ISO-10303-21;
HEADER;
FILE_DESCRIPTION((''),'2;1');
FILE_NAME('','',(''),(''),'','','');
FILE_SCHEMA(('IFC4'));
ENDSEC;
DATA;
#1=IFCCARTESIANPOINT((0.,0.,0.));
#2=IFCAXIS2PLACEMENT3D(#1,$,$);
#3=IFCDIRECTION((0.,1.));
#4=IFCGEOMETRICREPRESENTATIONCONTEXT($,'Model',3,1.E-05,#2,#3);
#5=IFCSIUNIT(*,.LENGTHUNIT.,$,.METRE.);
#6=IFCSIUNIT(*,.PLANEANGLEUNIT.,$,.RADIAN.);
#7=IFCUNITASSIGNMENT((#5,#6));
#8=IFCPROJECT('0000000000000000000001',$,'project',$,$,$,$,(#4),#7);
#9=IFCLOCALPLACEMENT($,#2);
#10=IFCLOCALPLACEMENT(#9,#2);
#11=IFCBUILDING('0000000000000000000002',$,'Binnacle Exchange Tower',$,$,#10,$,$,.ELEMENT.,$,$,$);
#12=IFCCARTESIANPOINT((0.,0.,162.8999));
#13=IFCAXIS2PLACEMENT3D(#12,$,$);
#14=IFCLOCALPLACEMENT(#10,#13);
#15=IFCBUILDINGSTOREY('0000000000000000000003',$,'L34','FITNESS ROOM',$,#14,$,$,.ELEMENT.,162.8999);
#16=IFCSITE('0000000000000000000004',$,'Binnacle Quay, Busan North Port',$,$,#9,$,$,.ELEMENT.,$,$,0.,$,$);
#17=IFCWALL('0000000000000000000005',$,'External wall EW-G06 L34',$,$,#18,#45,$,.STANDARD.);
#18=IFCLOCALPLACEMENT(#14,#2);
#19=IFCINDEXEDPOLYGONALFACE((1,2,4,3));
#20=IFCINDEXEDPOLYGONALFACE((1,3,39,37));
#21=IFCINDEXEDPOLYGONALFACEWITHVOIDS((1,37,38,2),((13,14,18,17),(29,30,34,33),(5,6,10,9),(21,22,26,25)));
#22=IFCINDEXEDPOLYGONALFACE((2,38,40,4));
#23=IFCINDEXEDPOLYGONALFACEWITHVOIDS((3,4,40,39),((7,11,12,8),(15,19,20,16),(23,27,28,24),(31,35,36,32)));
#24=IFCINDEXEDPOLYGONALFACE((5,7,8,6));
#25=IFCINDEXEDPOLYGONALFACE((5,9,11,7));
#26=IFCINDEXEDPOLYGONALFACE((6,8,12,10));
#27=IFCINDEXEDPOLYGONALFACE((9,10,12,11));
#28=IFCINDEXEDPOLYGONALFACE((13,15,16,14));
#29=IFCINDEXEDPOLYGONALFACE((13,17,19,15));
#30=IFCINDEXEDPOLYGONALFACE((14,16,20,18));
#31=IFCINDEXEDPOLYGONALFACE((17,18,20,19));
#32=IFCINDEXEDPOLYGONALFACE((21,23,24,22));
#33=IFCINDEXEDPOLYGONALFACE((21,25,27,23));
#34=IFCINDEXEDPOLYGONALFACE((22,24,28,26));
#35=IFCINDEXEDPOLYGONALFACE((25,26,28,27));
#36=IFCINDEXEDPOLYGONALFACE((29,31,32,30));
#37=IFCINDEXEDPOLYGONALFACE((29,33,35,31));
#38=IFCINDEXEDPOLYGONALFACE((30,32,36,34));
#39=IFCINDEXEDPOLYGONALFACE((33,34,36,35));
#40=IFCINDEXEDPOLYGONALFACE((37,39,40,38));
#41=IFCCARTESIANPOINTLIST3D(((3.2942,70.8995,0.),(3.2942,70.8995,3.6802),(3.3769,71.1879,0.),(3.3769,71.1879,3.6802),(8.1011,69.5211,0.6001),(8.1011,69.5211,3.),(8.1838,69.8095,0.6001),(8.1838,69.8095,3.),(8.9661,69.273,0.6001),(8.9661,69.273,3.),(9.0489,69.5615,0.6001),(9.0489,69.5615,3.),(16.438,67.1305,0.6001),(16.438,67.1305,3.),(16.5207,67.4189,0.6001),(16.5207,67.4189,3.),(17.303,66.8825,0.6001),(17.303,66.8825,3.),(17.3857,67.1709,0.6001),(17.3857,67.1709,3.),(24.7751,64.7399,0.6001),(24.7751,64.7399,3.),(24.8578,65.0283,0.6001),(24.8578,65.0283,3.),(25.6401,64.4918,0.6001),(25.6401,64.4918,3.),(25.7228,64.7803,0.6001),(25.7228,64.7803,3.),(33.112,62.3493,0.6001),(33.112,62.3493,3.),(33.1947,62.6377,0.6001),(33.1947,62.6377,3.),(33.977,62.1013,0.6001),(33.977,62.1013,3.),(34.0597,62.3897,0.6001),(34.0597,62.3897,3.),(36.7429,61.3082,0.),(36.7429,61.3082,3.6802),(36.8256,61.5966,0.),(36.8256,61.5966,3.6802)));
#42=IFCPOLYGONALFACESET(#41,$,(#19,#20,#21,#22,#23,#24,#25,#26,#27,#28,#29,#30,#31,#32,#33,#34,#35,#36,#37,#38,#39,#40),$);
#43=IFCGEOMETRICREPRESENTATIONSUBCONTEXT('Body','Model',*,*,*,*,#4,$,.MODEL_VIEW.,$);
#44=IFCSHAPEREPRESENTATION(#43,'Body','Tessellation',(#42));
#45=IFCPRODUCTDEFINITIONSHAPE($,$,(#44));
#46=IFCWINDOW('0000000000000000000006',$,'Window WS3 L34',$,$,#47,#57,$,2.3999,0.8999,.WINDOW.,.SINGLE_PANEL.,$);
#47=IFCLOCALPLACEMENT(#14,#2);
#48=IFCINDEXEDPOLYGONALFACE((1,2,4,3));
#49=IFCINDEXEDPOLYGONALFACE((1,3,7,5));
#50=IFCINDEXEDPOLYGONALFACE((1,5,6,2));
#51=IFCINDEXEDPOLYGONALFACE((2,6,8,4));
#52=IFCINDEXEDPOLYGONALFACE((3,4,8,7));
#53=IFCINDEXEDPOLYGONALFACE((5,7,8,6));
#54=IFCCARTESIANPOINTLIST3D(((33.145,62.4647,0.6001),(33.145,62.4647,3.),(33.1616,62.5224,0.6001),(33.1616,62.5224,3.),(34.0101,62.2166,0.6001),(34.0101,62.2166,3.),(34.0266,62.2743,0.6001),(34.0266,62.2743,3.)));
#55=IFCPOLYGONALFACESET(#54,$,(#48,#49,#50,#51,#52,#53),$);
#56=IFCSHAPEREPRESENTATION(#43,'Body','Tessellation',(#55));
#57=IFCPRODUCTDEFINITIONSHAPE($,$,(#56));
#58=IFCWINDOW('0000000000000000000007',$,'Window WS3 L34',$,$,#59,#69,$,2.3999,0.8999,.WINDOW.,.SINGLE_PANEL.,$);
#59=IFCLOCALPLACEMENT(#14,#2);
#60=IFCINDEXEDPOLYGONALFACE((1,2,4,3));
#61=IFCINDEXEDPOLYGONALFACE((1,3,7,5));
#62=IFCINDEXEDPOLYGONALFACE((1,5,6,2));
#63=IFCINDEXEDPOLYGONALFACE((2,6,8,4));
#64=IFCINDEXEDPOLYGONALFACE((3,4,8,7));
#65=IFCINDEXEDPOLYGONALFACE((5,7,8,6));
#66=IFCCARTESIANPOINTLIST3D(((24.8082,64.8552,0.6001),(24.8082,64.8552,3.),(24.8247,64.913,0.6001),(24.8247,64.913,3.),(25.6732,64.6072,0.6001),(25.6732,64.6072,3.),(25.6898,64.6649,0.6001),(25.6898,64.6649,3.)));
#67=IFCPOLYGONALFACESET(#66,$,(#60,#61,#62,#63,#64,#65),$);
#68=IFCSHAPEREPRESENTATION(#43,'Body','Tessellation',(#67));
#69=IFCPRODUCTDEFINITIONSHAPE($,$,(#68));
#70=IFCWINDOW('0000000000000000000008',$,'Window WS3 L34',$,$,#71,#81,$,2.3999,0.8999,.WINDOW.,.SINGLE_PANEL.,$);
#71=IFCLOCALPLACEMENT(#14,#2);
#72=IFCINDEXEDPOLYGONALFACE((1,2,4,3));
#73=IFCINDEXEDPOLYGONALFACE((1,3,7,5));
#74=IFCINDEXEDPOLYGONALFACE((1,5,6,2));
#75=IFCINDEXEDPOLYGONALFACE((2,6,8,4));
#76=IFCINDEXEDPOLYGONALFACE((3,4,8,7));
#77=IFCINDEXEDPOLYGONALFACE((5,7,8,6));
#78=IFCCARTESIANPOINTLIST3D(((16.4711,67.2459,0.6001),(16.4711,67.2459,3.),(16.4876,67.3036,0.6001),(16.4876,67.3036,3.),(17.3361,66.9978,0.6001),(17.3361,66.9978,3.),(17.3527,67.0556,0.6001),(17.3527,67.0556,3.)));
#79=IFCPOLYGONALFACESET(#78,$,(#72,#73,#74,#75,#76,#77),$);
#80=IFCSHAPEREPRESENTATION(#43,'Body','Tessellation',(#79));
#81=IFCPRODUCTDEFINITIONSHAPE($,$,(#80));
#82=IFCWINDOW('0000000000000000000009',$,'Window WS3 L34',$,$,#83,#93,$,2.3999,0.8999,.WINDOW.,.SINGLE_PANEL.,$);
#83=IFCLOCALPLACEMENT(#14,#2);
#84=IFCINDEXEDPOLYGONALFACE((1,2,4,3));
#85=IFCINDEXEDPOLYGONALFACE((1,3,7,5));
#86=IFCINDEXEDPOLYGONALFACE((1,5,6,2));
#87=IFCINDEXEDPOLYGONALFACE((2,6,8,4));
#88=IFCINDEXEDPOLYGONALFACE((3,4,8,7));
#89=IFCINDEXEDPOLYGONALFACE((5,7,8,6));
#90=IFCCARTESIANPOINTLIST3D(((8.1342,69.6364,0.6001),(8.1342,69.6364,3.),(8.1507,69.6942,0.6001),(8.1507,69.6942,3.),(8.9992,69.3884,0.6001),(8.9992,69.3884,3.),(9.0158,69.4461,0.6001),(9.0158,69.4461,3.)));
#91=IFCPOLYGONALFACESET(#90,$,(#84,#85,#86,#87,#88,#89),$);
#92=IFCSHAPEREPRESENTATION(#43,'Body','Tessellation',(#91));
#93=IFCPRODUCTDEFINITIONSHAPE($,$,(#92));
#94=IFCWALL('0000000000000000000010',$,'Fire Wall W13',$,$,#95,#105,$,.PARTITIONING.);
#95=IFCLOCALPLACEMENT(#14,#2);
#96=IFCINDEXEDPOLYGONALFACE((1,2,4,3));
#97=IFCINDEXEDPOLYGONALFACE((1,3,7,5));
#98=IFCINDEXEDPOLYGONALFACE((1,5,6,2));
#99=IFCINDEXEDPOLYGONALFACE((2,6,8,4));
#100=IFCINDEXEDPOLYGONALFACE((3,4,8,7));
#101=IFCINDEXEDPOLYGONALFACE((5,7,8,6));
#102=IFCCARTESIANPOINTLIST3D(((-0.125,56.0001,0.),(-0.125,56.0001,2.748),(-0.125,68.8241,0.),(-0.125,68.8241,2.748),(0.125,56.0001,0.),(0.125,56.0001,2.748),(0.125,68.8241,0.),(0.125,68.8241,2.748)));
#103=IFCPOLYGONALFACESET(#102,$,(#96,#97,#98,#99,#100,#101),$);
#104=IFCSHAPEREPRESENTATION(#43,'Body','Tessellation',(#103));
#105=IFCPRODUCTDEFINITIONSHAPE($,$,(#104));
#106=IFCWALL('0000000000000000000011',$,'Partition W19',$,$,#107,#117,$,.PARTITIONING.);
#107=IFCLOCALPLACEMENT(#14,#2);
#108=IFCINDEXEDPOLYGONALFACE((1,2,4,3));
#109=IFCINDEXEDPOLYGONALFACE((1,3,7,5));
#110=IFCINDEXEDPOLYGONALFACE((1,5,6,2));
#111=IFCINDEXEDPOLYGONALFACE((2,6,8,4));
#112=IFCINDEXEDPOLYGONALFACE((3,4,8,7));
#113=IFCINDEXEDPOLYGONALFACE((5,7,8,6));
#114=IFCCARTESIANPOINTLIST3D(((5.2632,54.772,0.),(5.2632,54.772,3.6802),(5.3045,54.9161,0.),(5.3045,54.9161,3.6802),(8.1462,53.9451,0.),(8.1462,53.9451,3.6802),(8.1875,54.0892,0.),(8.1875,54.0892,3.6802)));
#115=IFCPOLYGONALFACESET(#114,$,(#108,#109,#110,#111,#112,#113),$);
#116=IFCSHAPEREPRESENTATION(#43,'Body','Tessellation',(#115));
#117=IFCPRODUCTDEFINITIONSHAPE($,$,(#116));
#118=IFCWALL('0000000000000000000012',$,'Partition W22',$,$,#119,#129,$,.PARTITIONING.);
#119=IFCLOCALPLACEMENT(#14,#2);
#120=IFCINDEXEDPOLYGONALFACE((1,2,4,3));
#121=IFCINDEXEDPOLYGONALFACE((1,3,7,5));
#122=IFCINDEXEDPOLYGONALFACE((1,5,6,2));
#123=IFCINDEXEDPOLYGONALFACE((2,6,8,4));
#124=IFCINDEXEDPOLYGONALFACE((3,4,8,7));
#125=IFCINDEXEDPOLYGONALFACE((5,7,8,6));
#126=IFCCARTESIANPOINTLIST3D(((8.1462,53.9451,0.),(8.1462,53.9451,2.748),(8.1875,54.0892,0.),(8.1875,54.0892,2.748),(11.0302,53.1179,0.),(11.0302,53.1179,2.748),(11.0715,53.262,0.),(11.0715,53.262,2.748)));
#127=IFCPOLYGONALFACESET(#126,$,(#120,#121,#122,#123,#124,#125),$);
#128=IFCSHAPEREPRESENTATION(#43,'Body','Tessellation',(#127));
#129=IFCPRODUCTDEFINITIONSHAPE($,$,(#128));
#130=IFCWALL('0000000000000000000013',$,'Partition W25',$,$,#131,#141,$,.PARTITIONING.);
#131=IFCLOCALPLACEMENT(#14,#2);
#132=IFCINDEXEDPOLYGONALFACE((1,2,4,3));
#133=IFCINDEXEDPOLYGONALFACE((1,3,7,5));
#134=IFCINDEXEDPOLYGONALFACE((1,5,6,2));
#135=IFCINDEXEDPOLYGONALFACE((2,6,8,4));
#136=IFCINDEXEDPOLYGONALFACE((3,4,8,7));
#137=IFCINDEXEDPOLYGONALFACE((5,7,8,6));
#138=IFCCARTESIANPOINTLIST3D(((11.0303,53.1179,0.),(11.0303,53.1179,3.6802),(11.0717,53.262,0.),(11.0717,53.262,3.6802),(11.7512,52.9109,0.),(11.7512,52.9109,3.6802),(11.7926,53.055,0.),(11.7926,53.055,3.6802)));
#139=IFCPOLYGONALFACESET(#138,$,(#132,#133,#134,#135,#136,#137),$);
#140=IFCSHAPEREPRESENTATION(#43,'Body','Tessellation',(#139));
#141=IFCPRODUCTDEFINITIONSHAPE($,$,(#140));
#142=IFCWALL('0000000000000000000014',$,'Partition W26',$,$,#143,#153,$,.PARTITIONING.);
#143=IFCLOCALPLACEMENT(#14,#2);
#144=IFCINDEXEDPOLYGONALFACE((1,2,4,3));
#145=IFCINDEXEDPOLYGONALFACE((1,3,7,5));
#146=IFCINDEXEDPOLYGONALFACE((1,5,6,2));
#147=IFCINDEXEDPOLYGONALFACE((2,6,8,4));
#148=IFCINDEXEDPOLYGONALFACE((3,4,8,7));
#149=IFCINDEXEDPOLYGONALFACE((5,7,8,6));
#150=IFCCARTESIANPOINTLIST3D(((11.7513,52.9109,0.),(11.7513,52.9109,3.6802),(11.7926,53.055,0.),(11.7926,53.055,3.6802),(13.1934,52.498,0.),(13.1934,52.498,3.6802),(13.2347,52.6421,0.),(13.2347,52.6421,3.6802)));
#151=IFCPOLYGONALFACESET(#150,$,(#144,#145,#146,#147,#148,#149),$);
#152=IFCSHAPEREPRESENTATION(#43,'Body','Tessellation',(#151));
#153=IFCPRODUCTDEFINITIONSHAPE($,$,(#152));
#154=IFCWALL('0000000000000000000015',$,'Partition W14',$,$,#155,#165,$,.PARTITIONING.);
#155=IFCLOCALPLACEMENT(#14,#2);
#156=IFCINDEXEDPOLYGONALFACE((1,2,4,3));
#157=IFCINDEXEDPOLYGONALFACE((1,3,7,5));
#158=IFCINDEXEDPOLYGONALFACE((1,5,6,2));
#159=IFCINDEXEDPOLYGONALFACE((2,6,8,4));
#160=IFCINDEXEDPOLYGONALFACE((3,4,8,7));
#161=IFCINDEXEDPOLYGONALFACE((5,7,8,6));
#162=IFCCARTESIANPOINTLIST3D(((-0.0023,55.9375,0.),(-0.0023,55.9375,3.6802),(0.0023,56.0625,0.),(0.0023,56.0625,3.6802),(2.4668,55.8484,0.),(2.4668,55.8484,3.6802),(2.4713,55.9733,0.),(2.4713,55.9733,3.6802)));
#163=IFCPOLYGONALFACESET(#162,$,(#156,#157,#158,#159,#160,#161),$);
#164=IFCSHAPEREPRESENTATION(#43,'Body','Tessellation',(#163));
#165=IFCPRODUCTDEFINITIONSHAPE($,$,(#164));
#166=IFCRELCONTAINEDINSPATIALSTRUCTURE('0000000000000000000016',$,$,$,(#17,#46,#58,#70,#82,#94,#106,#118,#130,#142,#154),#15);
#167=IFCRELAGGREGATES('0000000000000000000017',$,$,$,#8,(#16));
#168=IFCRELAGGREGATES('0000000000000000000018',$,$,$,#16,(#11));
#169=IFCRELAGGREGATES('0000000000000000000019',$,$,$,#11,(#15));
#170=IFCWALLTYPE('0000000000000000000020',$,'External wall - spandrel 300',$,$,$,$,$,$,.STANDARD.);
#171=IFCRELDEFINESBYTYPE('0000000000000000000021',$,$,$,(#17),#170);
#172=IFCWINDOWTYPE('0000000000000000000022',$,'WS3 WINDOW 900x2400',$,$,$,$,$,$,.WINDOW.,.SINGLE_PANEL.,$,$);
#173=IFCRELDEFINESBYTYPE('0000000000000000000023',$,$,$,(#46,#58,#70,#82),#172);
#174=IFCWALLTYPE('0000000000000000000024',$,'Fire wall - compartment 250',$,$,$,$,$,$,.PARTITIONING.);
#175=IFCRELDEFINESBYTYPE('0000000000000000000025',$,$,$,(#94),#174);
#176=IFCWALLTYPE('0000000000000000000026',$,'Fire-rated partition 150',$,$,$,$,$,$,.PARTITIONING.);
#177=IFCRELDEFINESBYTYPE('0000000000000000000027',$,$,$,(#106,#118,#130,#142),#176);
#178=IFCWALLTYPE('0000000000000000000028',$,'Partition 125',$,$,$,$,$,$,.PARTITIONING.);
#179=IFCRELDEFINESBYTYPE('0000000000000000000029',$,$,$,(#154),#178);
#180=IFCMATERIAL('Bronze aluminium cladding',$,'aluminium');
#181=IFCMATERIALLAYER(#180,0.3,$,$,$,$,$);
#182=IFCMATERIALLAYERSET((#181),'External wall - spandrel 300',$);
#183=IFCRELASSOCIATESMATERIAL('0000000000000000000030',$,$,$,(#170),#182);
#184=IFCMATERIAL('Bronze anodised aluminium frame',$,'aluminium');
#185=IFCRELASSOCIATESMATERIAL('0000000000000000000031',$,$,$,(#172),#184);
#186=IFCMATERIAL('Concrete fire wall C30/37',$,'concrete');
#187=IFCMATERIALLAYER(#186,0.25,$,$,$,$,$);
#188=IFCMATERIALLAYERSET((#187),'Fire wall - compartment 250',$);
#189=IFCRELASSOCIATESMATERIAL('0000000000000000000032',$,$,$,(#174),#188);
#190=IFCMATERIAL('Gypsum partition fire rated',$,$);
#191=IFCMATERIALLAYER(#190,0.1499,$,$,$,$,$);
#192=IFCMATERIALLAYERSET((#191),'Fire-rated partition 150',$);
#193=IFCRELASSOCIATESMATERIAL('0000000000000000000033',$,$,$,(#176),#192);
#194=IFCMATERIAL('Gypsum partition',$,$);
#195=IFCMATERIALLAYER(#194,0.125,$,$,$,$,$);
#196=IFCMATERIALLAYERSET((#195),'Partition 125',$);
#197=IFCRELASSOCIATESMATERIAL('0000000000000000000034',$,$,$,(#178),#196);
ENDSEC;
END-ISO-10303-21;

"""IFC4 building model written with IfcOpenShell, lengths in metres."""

from ifc_helpers import new_model, si_unit, direction, frame, frame_2d, origin, place, context, subcontext, project, spatial, rectangle, extrude, material, layer, layer_set, type_object, element, fill, save


model = new_model("IFC4")

# Units and contexts
model_context = context("Model", 3, precision=1e-05, world=origin(), true_north=direction((0.0, 1.0)))
body_context = subcontext(model_context, "Body", "Model", "MODEL_VIEW")
ifc_project = project(units=[si_unit("LENGTHUNIT", "METRE"), si_unit("PLANEANGLEUNIT", "RADIAN")], contexts=[model_context])

# Site, building, storey
site_placement = place(None, origin())
site = spatial("IfcSite", under=ifc_project, at=site_placement, Name="Binnacle Quay, Busan North Port", CompositionType="ELEMENT", RefElevation=0.0)
building_placement = place(site_placement, origin())
building = spatial("IfcBuilding", under=site, at=building_placement, Name="Binnacle Exchange Tower", CompositionType="ELEMENT")
storey_placement = place(building_placement, frame((0.0, 0.0, 162.8999)))
storey = spatial("IfcBuildingStorey", under=building, at=storey_placement, Name="L34", Description="FITNESS ROOM", CompositionType="ELEMENT", Elevation=162.8999)

# Wall, openings, windows
ifc_material_1 = material(Name="Bronze aluminium cladding", Category="aluminium")
ifc_layer_1 = layer(ifc_material_1, 0.3)
ifc_layer_set_1 = layer_set([ifc_layer_1], Name="External wall - spandrel 300")
wall_type_1 = type_object("IfcWallType", Name="External wall - spandrel 300", PredefinedType="STANDARD", material=ifc_layer_set_1)
wall_1_placement = place(storey_placement, frame((3.3354, 71.0437, 0.0), z_axis=(0.0, 0.0, 1.0), x_axis=(0.961261, -0.275638, 0.0)))
wall_1 = element("IfcWall", 1, at=wall_1_placement, inside=storey, type_object=wall_type_1, Name="External wall EW-G06 L34", PredefinedType="STANDARD", context=body_context, shape_type="SweptSolid", body=[
    extrude(rectangle(XDim=34.7966, YDim=0.3, at=frame_2d((17.3984, 0.0))), origin(), (0.0, 0.0, 1.0), 3.6802),
])
opening_1_placement = place(wall_1_placement, frame((31.0195, 0.0, 0.6001)))
opening_1 = element("IfcOpeningElement", 2, at=opening_1_placement, cuts=wall_1, PredefinedType="OPENING", context=body_context, shape_type="SweptSolid", body=[
    extrude(rectangle(XDim=0.8999, YDim=2.3999, at=frame_2d((0.45, 1.2))), frame((0.0, 0.1599, 0.0), z_axis=(0.0, -1.0, 0.0), x_axis=(1.0, 0.0, 0.0)), (0.0, 0.0, 1.0), 0.3201),
])
opening_2_placement = place(wall_1_placement, frame((22.3467, 0.0, 0.6001)))
opening_2 = element("IfcOpeningElement", 3, at=opening_2_placement, cuts=wall_1, PredefinedType="OPENING", context=body_context, shape_type="SweptSolid", body=[
    extrude(rectangle(XDim=0.8999, YDim=2.3999, at=frame_2d((0.45, 1.2))), frame((0.0, 0.1599, 0.0), z_axis=(0.0, -1.0, 0.0), x_axis=(1.0, 0.0, 0.0)), (0.0, 0.0, 1.0), 0.3201),
])
opening_3_placement = place(wall_1_placement, frame((13.6736, 0.0, 0.6001)))
opening_3 = element("IfcOpeningElement", 4, at=opening_3_placement, cuts=wall_1, PredefinedType="OPENING", context=body_context, shape_type="SweptSolid", body=[
    extrude(rectangle(XDim=0.8999, YDim=2.3999, at=frame_2d((0.45, 1.2))), frame((0.0, 0.1599, 0.0), z_axis=(0.0, -1.0, 0.0), x_axis=(1.0, 0.0, 0.0)), (0.0, 0.0, 1.0), 0.3201),
])
opening_4_placement = place(wall_1_placement, frame((5.0007, 0.0, 0.6001)))
opening_4 = element("IfcOpeningElement", 5, at=opening_4_placement, cuts=wall_1, PredefinedType="OPENING", context=body_context, shape_type="SweptSolid", body=[
    extrude(rectangle(XDim=0.8999, YDim=2.3999, at=frame_2d((0.45, 1.2))), frame((0.0, 0.1599, 0.0), z_axis=(0.0, -1.0, 0.0), x_axis=(1.0, 0.0, 0.0)), (0.0, 0.0, 1.0), 0.3201),
])
ifc_material_2 = material(Name="Bronze anodised aluminium frame", Category="aluminium")
window_type = type_object("IfcWindowType", Name="WS3 WINDOW 900x2400", PartitioningType="SINGLE_PANEL", PredefinedType="WINDOW", material=ifc_material_2)
window_1_placement = place(opening_1_placement, origin())
window_1 = element("IfcWindow", 6, at=window_1_placement, inside=storey, type_object=window_type, Name="Window WS3 L34", OverallHeight=2.3999, OverallWidth=0.8999, PartitioningType="SINGLE_PANEL", PredefinedType="WINDOW", context=body_context, shape_type="SweptSolid", body=[
    extrude(rectangle(XDim=0.8999, YDim=2.3999, at=frame_2d((0.45, 1.2))), frame((0.0, 0.03, 0.0), z_axis=(0.0, -1.0, 0.0), x_axis=(1.0, 0.0, 0.0)), (0.0, 0.0, 1.0), 0.0601),
])
fill(opening_1, window_1)
window_2_placement = place(opening_2_placement, origin())
window_2 = element("IfcWindow", 7, at=window_2_placement, inside=storey, type_object=window_type, Name="Window WS3 L34", OverallHeight=2.3999, OverallWidth=0.8999, PartitioningType="SINGLE_PANEL", PredefinedType="WINDOW", context=body_context, shape_type="SweptSolid", body=[
    extrude(rectangle(XDim=0.8999, YDim=2.3999, at=frame_2d((0.45, 1.2))), frame((0.0, 0.03, 0.0), z_axis=(0.0, -1.0, 0.0), x_axis=(1.0, 0.0, 0.0)), (0.0, 0.0, 1.0), 0.0601),
])
fill(opening_2, window_2)
window_3_placement = place(opening_3_placement, origin())
window_3 = element("IfcWindow", 8, at=window_3_placement, inside=storey, type_object=window_type, Name="Window WS3 L34", OverallHeight=2.3999, OverallWidth=0.8999, PartitioningType="SINGLE_PANEL", PredefinedType="WINDOW", context=body_context, shape_type="SweptSolid", body=[
    extrude(rectangle(XDim=0.8999, YDim=2.3999, at=frame_2d((0.45, 1.2))), frame((0.0, 0.03, 0.0), z_axis=(0.0, -1.0, 0.0), x_axis=(1.0, 0.0, 0.0)), (0.0, 0.0, 1.0), 0.0601),
])
fill(opening_3, window_3)
window_4_placement = place(opening_4_placement, origin())
window_4 = element("IfcWindow", 9, at=window_4_placement, inside=storey, type_object=window_type, Name="Window WS3 L34", OverallHeight=2.3999, OverallWidth=0.8999, PartitioningType="SINGLE_PANEL", PredefinedType="WINDOW", context=body_context, shape_type="SweptSolid", body=[
    extrude(rectangle(XDim=0.8999, YDim=2.3999, at=frame_2d((0.45, 1.2))), frame((0.0, 0.03, 0.0), z_axis=(0.0, -1.0, 0.0), x_axis=(1.0, 0.0, 0.0)), (0.0, 0.0, 1.0), 0.0601),
])
fill(opening_4, window_4)

# Walls
ifc_material_3 = material(Name="Concrete fire wall C30/37", Category="concrete")
ifc_layer_2 = layer(ifc_material_3, 0.25)
ifc_layer_set_2 = layer_set([ifc_layer_2], Name="Fire wall - compartment 250")
wall_type_2 = type_object("IfcWallType", Name="Fire wall - compartment 250", PredefinedType="PARTITIONING", material=ifc_layer_set_2)
wall_2_placement = place(storey_placement, frame((0.0, 56.0, 0.0), z_axis=(0.0, 0.0, 1.0), x_axis=(0.0, 1.0, 0.0)))
element("IfcWall", 10, at=wall_2_placement, inside=storey, type_object=wall_type_2, Name="Fire Wall W13", PredefinedType="PARTITIONING", context=body_context, shape_type="SweptSolid", body=[
    extrude(rectangle(XDim=12.824, YDim=0.25, at=frame_2d((6.4121, 0.0))), origin(), (0.0, 0.0, 1.0), 2.748),
])
ifc_material_4 = material(Name="Gypsum partition fire rated")
ifc_layer_3 = layer(ifc_material_4, 0.1499)
ifc_layer_set_3 = layer_set([ifc_layer_3], Name="Fire-rated partition 150")
wall_type_3 = type_object("IfcWallType", Name="Fire-rated partition 150", PredefinedType="PARTITIONING", material=ifc_layer_set_3)
wall_3_placement = place(storey_placement, frame((5.2839, 54.844, 0.0), z_axis=(0.0, 0.0, 1.0), x_axis=(0.961244, -0.275699, 0.0)))
element("IfcWall", 11, at=wall_3_placement, inside=storey, type_object=wall_type_3, Name="Partition W19", PredefinedType="PARTITIONING", context=body_context, shape_type="SweptSolid", body=[
    extrude(rectangle(XDim=2.9993, YDim=0.1499, at=frame_2d((1.4995, 0.0))), origin(), (0.0, 0.0, 1.0), 3.6802),
])
wall_4_placement = place(storey_placement, frame((8.167, 54.0171, 0.0), z_axis=(0.0, 0.0, 1.0), x_axis=(0.961247, -0.275688, 0.0)))
element("IfcWall", 12, at=wall_4_placement, inside=storey, type_object=wall_type_3, Name="Partition W22", PredefinedType="PARTITIONING", context=body_context, shape_type="SweptSolid", body=[
    extrude(rectangle(XDim=3.0002, YDim=0.1499, at=frame_2d((1.5, 0.0))), origin(), (0.0, 0.0, 1.0), 2.748),
])
wall_5_placement = place(storey_placement, frame((11.051, 53.1899, 0.0), z_axis=(0.0, 0.0, 1.0), x_axis=(0.961155, -0.276011, 0.0)))
element("IfcWall", 13, at=wall_5_placement, inside=storey, type_object=wall_type_3, Name="Partition W25", PredefinedType="PARTITIONING", context=body_context, shape_type="SweptSolid", body=[
    extrude(rectangle(XDim=0.75, YDim=0.1499, at=frame_2d((0.375, 0.0))), origin(), (0.0, 0.0, 1.0), 3.6802),
])
wall_6_placement = place(storey_placement, frame((11.772, 52.9829, 0.0), z_axis=(0.0, 0.0, 1.0), x_axis=(0.961383, -0.275215, 0.0)))
element("IfcWall", 14, at=wall_6_placement, inside=storey, type_object=wall_type_3, Name="Partition W26", PredefinedType="PARTITIONING", context=body_context, shape_type="SweptSolid", body=[
    extrude(rectangle(XDim=1.5, YDim=0.1499, at=frame_2d((0.75, 0.0))), origin(), (0.0, 0.0, 1.0), 3.6802),
])
ifc_material_5 = material(Name="Gypsum partition")
ifc_layer_4 = layer(ifc_material_5, 0.125)
ifc_layer_set_4 = layer_set([ifc_layer_4], Name="Partition 125")
wall_type_4 = type_object("IfcWallType", Name="Partition 125", PredefinedType="PARTITIONING", material=ifc_layer_set_4)
wall_7_placement = place(storey_placement, frame((0.0, 56.0, 0.0), z_axis=(0.0, 0.0, 1.0), x_axis=(0.999349, -0.036069, 0.0)))
element("IfcWall", 15, at=wall_7_placement, inside=storey, type_object=wall_type_4, Name="Partition W14", PredefinedType="PARTITIONING", context=body_context, shape_type="SweptSolid", body=[
    extrude(rectangle(XDim=2.4707, YDim=0.125, at=frame_2d((1.2354, 0.0))), origin(), (0.0, 0.0, 1.0), 3.6802),
])

save(model, "model.ifc")
